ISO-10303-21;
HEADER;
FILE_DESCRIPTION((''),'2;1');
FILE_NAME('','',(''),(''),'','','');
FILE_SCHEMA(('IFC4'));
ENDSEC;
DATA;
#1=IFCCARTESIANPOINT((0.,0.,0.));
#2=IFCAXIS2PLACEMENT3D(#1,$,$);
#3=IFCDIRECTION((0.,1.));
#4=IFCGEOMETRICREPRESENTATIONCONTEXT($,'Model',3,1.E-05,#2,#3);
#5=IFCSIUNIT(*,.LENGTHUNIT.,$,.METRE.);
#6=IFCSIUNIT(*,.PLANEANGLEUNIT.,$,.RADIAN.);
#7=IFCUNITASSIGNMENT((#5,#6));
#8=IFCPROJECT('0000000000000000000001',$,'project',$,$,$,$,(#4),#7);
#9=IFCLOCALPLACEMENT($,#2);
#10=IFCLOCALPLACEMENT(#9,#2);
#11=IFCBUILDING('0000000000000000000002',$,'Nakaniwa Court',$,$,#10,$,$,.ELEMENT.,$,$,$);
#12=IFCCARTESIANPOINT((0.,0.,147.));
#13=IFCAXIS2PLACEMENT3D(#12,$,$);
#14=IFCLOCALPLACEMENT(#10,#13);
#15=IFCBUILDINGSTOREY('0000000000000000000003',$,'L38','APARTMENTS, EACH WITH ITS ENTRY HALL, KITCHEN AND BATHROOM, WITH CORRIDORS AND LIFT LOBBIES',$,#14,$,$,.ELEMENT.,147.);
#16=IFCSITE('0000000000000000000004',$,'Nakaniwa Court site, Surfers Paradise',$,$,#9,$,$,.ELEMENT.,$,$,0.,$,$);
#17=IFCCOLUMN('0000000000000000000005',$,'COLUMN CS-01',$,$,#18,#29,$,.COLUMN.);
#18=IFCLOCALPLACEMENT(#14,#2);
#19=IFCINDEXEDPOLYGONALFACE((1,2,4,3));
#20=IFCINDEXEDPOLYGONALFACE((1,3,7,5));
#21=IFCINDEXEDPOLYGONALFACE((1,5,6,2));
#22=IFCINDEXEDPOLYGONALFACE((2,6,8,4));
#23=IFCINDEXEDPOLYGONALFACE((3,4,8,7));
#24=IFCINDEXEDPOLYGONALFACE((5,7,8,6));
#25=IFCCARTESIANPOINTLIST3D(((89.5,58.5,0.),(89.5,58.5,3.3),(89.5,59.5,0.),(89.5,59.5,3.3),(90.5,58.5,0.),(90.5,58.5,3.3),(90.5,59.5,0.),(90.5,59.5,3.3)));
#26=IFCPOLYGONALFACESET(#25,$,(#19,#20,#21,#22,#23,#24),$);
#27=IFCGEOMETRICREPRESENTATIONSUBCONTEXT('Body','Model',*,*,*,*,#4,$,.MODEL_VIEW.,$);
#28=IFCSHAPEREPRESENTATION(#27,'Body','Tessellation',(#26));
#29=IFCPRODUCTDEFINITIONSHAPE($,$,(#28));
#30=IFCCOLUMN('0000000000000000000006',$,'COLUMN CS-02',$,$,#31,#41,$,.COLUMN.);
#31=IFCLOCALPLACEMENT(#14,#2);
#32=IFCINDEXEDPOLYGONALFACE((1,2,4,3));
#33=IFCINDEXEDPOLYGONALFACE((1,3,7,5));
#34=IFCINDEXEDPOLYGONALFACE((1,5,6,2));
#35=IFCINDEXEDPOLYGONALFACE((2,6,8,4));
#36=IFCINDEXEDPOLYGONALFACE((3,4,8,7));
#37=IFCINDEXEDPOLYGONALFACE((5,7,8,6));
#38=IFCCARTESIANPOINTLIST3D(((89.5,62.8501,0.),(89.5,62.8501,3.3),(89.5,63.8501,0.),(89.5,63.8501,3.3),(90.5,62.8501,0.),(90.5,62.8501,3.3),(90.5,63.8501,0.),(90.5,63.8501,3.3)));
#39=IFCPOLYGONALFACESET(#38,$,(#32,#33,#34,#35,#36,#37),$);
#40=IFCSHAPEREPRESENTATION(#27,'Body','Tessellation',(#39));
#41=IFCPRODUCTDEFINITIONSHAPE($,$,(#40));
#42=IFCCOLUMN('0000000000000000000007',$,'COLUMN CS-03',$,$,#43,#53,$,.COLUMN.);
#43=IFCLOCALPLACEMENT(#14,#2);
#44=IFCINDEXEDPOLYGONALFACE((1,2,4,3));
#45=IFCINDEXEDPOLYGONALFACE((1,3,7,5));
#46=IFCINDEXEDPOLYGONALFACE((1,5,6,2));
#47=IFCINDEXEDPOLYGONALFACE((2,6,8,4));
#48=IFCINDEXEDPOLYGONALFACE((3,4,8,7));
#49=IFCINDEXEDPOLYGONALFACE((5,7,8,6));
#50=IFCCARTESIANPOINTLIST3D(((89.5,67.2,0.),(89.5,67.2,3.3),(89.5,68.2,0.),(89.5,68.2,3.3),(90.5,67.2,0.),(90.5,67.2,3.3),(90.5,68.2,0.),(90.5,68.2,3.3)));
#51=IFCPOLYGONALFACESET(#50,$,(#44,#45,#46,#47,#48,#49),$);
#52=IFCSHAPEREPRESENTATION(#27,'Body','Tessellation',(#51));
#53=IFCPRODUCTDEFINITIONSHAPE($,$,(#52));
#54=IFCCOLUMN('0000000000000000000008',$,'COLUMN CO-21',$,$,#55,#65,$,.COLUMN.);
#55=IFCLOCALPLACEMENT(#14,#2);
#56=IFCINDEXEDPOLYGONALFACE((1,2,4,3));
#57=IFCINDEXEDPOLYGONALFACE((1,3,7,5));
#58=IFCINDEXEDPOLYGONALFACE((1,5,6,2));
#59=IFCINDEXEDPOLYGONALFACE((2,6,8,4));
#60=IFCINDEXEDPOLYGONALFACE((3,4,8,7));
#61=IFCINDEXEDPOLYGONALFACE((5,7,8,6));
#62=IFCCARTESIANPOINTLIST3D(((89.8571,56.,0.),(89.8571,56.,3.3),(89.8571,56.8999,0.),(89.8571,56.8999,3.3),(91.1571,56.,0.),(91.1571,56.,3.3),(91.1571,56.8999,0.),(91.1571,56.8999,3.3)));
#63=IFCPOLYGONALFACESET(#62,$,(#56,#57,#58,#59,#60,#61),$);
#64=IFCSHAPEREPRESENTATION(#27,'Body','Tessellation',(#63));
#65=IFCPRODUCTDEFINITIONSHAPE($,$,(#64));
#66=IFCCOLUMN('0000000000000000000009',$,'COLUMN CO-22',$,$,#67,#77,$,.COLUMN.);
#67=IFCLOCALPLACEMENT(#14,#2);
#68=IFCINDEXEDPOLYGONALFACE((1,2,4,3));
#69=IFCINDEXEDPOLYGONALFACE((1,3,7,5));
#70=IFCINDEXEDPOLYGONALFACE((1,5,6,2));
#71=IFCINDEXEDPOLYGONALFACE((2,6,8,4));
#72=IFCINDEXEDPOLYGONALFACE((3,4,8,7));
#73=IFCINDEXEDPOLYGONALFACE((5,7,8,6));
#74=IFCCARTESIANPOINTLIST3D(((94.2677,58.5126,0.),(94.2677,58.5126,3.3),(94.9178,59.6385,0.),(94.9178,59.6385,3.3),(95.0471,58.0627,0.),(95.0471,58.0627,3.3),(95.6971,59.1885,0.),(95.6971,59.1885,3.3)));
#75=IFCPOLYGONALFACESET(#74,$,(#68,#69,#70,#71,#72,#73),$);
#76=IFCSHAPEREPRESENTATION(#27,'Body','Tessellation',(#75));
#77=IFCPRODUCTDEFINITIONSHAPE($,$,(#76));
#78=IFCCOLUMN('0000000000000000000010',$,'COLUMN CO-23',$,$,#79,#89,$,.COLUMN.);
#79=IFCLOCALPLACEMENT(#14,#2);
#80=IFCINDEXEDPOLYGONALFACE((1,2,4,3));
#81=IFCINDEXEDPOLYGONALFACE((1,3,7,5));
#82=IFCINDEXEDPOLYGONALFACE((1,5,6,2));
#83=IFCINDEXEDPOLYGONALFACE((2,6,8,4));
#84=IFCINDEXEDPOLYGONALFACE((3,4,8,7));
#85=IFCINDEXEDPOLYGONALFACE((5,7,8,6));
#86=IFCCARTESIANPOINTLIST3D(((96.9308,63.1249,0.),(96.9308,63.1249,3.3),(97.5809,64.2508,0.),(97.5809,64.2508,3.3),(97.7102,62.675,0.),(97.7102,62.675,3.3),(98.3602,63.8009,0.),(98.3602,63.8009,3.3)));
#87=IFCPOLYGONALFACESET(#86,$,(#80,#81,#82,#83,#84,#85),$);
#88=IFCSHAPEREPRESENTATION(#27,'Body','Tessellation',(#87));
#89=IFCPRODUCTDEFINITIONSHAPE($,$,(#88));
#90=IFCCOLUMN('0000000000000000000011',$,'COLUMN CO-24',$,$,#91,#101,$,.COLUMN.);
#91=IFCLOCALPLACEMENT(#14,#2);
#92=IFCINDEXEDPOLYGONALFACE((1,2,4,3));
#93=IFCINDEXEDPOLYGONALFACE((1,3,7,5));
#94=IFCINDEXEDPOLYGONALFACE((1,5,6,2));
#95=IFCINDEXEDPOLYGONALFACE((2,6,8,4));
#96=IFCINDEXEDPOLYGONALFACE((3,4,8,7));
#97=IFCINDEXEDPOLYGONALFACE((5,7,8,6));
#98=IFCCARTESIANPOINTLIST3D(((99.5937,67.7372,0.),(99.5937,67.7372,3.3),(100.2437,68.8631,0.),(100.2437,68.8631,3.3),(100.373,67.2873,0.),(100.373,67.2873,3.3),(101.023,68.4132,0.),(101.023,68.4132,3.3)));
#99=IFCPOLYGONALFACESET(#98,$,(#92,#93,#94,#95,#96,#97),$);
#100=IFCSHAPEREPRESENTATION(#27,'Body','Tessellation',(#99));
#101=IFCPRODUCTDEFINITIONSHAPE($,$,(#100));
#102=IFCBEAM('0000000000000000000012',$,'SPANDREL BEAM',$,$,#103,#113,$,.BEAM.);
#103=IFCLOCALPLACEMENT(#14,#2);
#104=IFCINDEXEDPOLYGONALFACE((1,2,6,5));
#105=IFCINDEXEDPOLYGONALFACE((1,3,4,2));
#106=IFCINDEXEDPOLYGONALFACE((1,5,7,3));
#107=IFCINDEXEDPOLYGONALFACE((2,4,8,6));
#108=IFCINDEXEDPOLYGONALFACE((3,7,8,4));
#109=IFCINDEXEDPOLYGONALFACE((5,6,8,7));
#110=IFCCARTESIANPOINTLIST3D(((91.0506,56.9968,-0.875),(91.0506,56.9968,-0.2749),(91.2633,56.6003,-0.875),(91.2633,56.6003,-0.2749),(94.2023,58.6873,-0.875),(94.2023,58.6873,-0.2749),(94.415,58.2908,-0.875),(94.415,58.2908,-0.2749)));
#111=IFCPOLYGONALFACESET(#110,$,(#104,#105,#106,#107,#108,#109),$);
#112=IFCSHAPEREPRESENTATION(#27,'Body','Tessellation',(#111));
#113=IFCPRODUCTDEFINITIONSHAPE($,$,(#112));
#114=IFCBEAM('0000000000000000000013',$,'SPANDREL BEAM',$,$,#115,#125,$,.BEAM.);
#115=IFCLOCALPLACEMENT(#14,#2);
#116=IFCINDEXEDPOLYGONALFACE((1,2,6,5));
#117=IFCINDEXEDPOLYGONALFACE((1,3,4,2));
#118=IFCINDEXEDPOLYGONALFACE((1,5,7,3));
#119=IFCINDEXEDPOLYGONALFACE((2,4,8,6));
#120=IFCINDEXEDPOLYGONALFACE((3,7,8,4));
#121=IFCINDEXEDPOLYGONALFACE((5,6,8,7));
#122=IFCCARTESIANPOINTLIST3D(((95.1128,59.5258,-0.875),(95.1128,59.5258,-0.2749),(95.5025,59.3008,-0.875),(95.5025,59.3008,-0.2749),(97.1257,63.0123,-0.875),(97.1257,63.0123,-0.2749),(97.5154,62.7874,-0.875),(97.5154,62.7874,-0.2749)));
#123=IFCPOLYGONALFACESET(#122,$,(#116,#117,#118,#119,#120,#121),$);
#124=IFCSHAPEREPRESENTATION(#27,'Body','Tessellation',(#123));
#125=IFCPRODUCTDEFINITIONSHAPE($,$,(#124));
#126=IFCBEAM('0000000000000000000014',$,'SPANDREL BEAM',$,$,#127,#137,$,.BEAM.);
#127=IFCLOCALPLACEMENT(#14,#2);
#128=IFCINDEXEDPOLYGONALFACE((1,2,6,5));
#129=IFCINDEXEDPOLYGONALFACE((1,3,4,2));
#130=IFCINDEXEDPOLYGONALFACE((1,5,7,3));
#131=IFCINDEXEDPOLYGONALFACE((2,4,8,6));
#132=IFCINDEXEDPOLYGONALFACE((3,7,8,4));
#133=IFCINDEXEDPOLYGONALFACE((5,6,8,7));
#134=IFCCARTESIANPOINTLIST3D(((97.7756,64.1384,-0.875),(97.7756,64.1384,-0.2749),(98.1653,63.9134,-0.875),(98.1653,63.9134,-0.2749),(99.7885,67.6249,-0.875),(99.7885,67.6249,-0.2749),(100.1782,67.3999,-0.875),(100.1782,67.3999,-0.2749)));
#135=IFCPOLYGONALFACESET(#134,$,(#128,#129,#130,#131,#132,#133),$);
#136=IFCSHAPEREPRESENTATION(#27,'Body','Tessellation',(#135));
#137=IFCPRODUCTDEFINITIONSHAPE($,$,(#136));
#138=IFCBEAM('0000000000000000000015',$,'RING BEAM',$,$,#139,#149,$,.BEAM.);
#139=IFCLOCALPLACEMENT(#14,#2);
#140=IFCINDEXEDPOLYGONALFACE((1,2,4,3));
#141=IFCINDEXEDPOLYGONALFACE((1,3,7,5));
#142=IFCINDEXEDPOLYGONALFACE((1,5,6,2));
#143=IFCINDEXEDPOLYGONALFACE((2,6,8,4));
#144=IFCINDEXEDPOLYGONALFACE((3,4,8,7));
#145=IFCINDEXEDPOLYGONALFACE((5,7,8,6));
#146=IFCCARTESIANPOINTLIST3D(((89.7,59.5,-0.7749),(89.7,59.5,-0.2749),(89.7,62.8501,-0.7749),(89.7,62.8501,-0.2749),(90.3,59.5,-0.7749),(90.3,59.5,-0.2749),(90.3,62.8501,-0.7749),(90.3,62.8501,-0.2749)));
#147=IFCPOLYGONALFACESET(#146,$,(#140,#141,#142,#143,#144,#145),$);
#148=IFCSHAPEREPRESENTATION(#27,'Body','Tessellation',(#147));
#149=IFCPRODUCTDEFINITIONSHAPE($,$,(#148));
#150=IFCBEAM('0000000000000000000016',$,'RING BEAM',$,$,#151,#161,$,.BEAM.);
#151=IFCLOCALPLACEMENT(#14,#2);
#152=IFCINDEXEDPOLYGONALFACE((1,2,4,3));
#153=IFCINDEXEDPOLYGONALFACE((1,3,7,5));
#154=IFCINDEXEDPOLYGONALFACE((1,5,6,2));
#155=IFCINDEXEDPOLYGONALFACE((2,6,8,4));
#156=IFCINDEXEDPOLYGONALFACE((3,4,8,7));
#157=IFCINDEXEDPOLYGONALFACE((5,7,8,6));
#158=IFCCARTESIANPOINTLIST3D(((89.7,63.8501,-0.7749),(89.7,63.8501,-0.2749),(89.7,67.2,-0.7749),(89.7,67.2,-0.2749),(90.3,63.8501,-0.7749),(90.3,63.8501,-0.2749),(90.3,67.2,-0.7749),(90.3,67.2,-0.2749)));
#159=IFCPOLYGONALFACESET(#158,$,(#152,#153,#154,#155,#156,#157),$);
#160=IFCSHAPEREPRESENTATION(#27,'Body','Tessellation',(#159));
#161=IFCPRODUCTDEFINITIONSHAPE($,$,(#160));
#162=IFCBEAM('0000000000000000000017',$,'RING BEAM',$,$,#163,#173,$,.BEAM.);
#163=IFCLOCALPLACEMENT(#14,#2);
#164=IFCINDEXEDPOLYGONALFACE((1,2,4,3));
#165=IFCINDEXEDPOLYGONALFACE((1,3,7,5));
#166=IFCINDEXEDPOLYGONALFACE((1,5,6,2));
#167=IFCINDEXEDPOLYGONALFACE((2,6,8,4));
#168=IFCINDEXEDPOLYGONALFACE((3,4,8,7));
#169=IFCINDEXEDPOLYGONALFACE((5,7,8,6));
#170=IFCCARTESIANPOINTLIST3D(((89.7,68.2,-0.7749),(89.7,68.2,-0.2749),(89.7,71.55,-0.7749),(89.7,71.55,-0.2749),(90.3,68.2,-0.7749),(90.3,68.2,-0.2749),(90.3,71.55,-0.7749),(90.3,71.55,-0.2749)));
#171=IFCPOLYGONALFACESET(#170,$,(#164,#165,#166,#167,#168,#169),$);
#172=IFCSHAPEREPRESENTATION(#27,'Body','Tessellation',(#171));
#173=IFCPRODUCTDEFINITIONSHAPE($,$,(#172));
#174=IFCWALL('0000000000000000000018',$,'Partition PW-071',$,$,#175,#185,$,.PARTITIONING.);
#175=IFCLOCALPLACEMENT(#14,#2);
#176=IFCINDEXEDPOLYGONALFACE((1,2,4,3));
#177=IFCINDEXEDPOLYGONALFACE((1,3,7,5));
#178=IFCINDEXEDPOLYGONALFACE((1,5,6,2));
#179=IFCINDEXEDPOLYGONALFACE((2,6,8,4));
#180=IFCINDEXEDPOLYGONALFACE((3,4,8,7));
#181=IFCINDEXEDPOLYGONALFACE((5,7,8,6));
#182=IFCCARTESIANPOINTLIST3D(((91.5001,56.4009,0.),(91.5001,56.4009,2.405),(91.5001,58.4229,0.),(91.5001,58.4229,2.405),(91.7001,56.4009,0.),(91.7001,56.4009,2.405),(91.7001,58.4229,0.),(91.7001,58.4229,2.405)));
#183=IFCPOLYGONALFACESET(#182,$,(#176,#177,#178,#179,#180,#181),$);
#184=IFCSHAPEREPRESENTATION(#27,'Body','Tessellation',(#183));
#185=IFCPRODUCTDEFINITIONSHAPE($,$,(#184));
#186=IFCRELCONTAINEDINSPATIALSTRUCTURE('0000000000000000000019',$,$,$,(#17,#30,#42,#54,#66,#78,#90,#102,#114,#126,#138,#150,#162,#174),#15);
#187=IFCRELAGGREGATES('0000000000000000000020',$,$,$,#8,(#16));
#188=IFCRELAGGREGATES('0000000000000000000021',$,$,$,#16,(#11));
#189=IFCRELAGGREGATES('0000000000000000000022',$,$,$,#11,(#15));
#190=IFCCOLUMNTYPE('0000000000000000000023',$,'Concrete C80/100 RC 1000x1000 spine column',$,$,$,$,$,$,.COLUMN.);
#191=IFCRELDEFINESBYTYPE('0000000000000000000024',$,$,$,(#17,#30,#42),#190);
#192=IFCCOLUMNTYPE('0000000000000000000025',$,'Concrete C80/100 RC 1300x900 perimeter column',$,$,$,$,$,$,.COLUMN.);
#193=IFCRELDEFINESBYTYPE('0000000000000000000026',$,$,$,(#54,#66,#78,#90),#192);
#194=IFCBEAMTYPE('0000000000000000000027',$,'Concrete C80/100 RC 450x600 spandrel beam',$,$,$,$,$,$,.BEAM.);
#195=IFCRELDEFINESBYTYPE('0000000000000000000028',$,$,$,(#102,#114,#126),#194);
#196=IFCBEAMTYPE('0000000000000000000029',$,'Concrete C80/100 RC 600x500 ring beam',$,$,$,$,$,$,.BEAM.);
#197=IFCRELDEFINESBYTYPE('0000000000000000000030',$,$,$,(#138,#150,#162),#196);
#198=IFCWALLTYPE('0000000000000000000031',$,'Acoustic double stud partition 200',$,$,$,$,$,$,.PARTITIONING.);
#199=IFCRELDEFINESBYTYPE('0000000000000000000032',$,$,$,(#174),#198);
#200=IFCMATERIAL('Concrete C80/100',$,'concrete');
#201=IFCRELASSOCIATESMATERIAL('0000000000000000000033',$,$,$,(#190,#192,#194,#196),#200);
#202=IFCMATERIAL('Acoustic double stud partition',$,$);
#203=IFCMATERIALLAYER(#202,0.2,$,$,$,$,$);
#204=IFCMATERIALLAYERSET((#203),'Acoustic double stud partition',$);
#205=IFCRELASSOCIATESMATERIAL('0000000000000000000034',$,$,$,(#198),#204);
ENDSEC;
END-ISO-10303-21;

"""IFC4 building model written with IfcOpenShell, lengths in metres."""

from ifc_helpers import new_model, si_unit, direction, frame, frame_2d, origin, origin_2d, place, context, subcontext, project, spatial, rectangle, extrude, material, layer, layer_set, material_profile, profile_set, type_object, element, save


model = new_model("IFC4")

# Units and contexts
model_context = context("Model", 3, precision=1e-05, world=origin(), true_north=direction((0.0, 1.0)))
body_context = subcontext(model_context, "Body", "Model", "MODEL_VIEW")
ifc_project = project(units=[si_unit("LENGTHUNIT", "METRE"), si_unit("PLANEANGLEUNIT", "RADIAN")], contexts=[model_context])

# Site, building, storey
site_placement = place(None, origin())
site = spatial("IfcSite", under=ifc_project, at=site_placement, Name="Nakaniwa Court site, Surfers Paradise", CompositionType="ELEMENT", RefElevation=0.0)
building_placement = place(site_placement, origin())
building = spatial("IfcBuilding", under=site, at=building_placement, Name="Nakaniwa Court", CompositionType="ELEMENT")
storey_placement = place(building_placement, frame((0.0, 0.0, 147.0)))
storey = spatial("IfcBuildingStorey", under=building, at=storey_placement, Name="L38", Description="APARTMENTS, EACH WITH ITS ENTRY HALL, KITCHEN AND BATHROOM, WITH CORRIDORS AND LIFT LOBBIES", CompositionType="ELEMENT", Elevation=147.0)

# Columns
ifc_material_1 = material(Name="Concrete C80/100", Category="concrete")
ifc_material_profile_1 = material_profile(ifc_material_1, rectangle(XDim=1.0, YDim=1.0, at=origin_2d()), Name="Concrete C80/100 RC 1000x1000 spine column")
ifc_profile_set_1 = profile_set([ifc_material_profile_1], Name="Concrete C80/100")
column_type_1 = type_object("IfcColumnType", Name="Concrete C80/100 RC 1000x1000 spine column", PredefinedType="COLUMN", material=ifc_profile_set_1)
for number, where, z_axis, x_axis, name in (
    (1, (90.0, 59.0, 0.0), (0.0, 0.0, 1.0), (0.0, 1.0, 0.0), "COLUMN CS-01"),
    (2, (90.0, 63.3501, 0.0), (0.0, 0.0, 1.0), (0.0, 1.0, 0.0), "COLUMN CS-02"),
    (3, (90.0, 67.7, 0.0), (0.0, 0.0, 1.0), (0.0, 1.0, 0.0), "COLUMN CS-03"),
):
    element("IfcColumn", number, at=place(storey_placement, frame(where, z_axis=z_axis, x_axis=x_axis)), inside=storey, type_object=column_type_1, Name=name, PredefinedType="COLUMN", context=body_context, shape_type="SweptSolid", body=[
        extrude(rectangle(XDim=1.0, YDim=1.0, at=origin_2d()), origin(), (0.0, 0.0, 1.0), 3.3),
    ])
ifc_material_profile_2 = material_profile(ifc_material_1, rectangle(XDim=1.3, YDim=0.8999, at=origin_2d()), Name="Concrete C80/100 RC 1300x900 perimeter column")
ifc_profile_set_2 = profile_set([ifc_material_profile_2], Name="Concrete C80/100")
column_type_2 = type_object("IfcColumnType", Name="Concrete C80/100 RC 1300x900 perimeter column", PredefinedType="COLUMN", material=ifc_profile_set_2)
for number, where, z_axis, x_axis, name in (
    (4, (90.5071, 56.45, 0.0), (0.0, 0.0, 1.0), (1.0, 0.0, 0.0), "COLUMN CO-21"),
    (5, (94.9824, 58.8506, 0.0), (0.0, 0.0, 1.0), (0.5, 0.866025, 0.0), "COLUMN CO-22"),
    (6, (97.6455, 63.4629, 0.0), (0.0, 0.0, 1.0), (0.5, 0.866025, 0.0), "COLUMN CO-23"),
    (7, (100.3083, 68.0752, 0.0), (0.0, 0.0, 1.0), (0.5, 0.866025, 0.0), "COLUMN CO-24"),
):
    element("IfcColumn", number, at=place(storey_placement, frame(where, z_axis=z_axis, x_axis=x_axis)), inside=storey, type_object=column_type_2, Name=name, PredefinedType="COLUMN", context=body_context, shape_type="SweptSolid", body=[
        extrude(rectangle(XDim=1.3, YDim=0.8999, at=origin_2d()), origin(), (0.0, 0.0, 1.0), 3.3),
    ])

# Beams
ifc_material_profile_3 = material_profile(ifc_material_1, rectangle(XDim=0.45, YDim=0.6001, at=origin_2d()), Name="Concrete C80/100 RC 450x600 spandrel beam")
ifc_profile_set_3 = profile_set([ifc_material_profile_3], Name="Concrete C80/100")
beam_type_1 = type_object("IfcBeamType", Name="Concrete C80/100 RC 450x600 spandrel beam", PredefinedType="BEAM", material=ifc_profile_set_3)
beam_1_placement = place(storey_placement, frame((91.157, 56.7986, -0.575), z_axis=(0.881239, 0.47267, 0.0), x_axis=(-0.47267, 0.881239, 0.0)))
element("IfcBeam", 8, at=beam_1_placement, inside=storey, type_object=beam_type_1, Name="SPANDREL BEAM", PredefinedType="BEAM", context=body_context, shape_type="SweptSolid", body=[
    extrude(rectangle(XDim=0.45, YDim=0.6001, at=origin_2d()), origin(), (0.0, 0.0, 1.0), 3.5764),
])
for number, where, z_axis, x_axis, name in (
    (9, (95.3076, 59.4133, -0.575), (0.499994, 0.866029, 0.0), (-0.866029, 0.499994, 0.0), "SPANDREL BEAM"),
    (10, (97.9705, 64.0259, -0.575), (0.499994, 0.866029, 0.0), (-0.866029, 0.499994, 0.0), "SPANDREL BEAM"),
):
    element("IfcBeam", number, at=place(storey_placement, frame(where, z_axis=z_axis, x_axis=x_axis)), inside=storey, type_object=beam_type_1, Name=name, PredefinedType="BEAM", context=body_context, shape_type="SweptSolid", body=[
        extrude(rectangle(XDim=0.45, YDim=0.6001, at=origin_2d()), origin(), (0.0, 0.0, 1.0), 4.0259),
    ])
ifc_material_profile_4 = material_profile(ifc_material_1, rectangle(XDim=0.6001, YDim=0.5, at=origin_2d()), Name="Concrete C80/100 RC 600x500 ring beam")
ifc_profile_set_4 = profile_set([ifc_material_profile_4], Name="Concrete C80/100")
beam_type_2 = type_object("IfcBeamType", Name="Concrete C80/100 RC 600x500 ring beam", PredefinedType="BEAM", material=ifc_profile_set_4)
beam_2_placement = place(storey_placement, frame((90.0, 59.5, -0.5249), z_axis=(0.0, 1.0, 0.0), x_axis=(-1.0, 0.0, 0.0)))
element("IfcBeam", 11, at=beam_2_placement, inside=storey, type_object=beam_type_2, Name="RING BEAM", PredefinedType="BEAM", context=body_context, shape_type="SweptSolid", body=[
    extrude(rectangle(XDim=0.6001, YDim=0.5, at=origin_2d()), origin(), (0.0, 0.0, 1.0), 3.3501),
])
beam_3_placement = place(storey_placement, frame((90.0, 63.8501, -0.5249), z_axis=(0.0, 1.0, 0.0), x_axis=(-1.0, 0.0, 0.0)))
element("IfcBeam", 12, at=beam_3_placement, inside=storey, type_object=beam_type_2, Name="RING BEAM", PredefinedType="BEAM", context=body_context, shape_type="SweptSolid", body=[
    extrude(rectangle(XDim=0.6001, YDim=0.5, at=origin_2d()), origin(), (0.0, 0.0, 1.0), 3.3499),
])
beam_4_placement = place(storey_placement, frame((90.0, 68.2, -0.5249), z_axis=(0.0, 1.0, 0.0), x_axis=(-1.0, 0.0, 0.0)))
element("IfcBeam", 13, at=beam_4_placement, inside=storey, type_object=beam_type_2, Name="RING BEAM", PredefinedType="BEAM", context=body_context, shape_type="SweptSolid", body=[
    extrude(rectangle(XDim=0.6001, YDim=0.5, at=origin_2d()), origin(), (0.0, 0.0, 1.0), 3.3501),
])

# Wall
ifc_material_2 = material(Name="Acoustic double stud partition")
ifc_layer_1 = layer(ifc_material_2, 0.2)
ifc_layer_set_1 = layer_set([ifc_layer_1], Name="Acoustic double stud partition")
wall_type_1 = type_object("IfcWallType", Name="Acoustic double stud partition 200", PredefinedType="PARTITIONING", material=ifc_layer_set_1)
wall_1_placement = place(storey_placement, frame((91.6001, 56.4009, 0.0), z_axis=(0.0, 0.0, 1.0), x_axis=(0.0, 1.0, 0.0)))
element("IfcWall", 14, at=wall_1_placement, inside=storey, type_object=wall_type_1, Name="Partition PW-071", PredefinedType="PARTITIONING", context=body_context, shape_type="SweptSolid", body=[
    extrude(rectangle(XDim=2.022, YDim=0.2, at=frame_2d((1.011, 0.0))), origin(), (0.0, 0.0, 1.0), 2.405),
])

save(model, "model.ifc")
